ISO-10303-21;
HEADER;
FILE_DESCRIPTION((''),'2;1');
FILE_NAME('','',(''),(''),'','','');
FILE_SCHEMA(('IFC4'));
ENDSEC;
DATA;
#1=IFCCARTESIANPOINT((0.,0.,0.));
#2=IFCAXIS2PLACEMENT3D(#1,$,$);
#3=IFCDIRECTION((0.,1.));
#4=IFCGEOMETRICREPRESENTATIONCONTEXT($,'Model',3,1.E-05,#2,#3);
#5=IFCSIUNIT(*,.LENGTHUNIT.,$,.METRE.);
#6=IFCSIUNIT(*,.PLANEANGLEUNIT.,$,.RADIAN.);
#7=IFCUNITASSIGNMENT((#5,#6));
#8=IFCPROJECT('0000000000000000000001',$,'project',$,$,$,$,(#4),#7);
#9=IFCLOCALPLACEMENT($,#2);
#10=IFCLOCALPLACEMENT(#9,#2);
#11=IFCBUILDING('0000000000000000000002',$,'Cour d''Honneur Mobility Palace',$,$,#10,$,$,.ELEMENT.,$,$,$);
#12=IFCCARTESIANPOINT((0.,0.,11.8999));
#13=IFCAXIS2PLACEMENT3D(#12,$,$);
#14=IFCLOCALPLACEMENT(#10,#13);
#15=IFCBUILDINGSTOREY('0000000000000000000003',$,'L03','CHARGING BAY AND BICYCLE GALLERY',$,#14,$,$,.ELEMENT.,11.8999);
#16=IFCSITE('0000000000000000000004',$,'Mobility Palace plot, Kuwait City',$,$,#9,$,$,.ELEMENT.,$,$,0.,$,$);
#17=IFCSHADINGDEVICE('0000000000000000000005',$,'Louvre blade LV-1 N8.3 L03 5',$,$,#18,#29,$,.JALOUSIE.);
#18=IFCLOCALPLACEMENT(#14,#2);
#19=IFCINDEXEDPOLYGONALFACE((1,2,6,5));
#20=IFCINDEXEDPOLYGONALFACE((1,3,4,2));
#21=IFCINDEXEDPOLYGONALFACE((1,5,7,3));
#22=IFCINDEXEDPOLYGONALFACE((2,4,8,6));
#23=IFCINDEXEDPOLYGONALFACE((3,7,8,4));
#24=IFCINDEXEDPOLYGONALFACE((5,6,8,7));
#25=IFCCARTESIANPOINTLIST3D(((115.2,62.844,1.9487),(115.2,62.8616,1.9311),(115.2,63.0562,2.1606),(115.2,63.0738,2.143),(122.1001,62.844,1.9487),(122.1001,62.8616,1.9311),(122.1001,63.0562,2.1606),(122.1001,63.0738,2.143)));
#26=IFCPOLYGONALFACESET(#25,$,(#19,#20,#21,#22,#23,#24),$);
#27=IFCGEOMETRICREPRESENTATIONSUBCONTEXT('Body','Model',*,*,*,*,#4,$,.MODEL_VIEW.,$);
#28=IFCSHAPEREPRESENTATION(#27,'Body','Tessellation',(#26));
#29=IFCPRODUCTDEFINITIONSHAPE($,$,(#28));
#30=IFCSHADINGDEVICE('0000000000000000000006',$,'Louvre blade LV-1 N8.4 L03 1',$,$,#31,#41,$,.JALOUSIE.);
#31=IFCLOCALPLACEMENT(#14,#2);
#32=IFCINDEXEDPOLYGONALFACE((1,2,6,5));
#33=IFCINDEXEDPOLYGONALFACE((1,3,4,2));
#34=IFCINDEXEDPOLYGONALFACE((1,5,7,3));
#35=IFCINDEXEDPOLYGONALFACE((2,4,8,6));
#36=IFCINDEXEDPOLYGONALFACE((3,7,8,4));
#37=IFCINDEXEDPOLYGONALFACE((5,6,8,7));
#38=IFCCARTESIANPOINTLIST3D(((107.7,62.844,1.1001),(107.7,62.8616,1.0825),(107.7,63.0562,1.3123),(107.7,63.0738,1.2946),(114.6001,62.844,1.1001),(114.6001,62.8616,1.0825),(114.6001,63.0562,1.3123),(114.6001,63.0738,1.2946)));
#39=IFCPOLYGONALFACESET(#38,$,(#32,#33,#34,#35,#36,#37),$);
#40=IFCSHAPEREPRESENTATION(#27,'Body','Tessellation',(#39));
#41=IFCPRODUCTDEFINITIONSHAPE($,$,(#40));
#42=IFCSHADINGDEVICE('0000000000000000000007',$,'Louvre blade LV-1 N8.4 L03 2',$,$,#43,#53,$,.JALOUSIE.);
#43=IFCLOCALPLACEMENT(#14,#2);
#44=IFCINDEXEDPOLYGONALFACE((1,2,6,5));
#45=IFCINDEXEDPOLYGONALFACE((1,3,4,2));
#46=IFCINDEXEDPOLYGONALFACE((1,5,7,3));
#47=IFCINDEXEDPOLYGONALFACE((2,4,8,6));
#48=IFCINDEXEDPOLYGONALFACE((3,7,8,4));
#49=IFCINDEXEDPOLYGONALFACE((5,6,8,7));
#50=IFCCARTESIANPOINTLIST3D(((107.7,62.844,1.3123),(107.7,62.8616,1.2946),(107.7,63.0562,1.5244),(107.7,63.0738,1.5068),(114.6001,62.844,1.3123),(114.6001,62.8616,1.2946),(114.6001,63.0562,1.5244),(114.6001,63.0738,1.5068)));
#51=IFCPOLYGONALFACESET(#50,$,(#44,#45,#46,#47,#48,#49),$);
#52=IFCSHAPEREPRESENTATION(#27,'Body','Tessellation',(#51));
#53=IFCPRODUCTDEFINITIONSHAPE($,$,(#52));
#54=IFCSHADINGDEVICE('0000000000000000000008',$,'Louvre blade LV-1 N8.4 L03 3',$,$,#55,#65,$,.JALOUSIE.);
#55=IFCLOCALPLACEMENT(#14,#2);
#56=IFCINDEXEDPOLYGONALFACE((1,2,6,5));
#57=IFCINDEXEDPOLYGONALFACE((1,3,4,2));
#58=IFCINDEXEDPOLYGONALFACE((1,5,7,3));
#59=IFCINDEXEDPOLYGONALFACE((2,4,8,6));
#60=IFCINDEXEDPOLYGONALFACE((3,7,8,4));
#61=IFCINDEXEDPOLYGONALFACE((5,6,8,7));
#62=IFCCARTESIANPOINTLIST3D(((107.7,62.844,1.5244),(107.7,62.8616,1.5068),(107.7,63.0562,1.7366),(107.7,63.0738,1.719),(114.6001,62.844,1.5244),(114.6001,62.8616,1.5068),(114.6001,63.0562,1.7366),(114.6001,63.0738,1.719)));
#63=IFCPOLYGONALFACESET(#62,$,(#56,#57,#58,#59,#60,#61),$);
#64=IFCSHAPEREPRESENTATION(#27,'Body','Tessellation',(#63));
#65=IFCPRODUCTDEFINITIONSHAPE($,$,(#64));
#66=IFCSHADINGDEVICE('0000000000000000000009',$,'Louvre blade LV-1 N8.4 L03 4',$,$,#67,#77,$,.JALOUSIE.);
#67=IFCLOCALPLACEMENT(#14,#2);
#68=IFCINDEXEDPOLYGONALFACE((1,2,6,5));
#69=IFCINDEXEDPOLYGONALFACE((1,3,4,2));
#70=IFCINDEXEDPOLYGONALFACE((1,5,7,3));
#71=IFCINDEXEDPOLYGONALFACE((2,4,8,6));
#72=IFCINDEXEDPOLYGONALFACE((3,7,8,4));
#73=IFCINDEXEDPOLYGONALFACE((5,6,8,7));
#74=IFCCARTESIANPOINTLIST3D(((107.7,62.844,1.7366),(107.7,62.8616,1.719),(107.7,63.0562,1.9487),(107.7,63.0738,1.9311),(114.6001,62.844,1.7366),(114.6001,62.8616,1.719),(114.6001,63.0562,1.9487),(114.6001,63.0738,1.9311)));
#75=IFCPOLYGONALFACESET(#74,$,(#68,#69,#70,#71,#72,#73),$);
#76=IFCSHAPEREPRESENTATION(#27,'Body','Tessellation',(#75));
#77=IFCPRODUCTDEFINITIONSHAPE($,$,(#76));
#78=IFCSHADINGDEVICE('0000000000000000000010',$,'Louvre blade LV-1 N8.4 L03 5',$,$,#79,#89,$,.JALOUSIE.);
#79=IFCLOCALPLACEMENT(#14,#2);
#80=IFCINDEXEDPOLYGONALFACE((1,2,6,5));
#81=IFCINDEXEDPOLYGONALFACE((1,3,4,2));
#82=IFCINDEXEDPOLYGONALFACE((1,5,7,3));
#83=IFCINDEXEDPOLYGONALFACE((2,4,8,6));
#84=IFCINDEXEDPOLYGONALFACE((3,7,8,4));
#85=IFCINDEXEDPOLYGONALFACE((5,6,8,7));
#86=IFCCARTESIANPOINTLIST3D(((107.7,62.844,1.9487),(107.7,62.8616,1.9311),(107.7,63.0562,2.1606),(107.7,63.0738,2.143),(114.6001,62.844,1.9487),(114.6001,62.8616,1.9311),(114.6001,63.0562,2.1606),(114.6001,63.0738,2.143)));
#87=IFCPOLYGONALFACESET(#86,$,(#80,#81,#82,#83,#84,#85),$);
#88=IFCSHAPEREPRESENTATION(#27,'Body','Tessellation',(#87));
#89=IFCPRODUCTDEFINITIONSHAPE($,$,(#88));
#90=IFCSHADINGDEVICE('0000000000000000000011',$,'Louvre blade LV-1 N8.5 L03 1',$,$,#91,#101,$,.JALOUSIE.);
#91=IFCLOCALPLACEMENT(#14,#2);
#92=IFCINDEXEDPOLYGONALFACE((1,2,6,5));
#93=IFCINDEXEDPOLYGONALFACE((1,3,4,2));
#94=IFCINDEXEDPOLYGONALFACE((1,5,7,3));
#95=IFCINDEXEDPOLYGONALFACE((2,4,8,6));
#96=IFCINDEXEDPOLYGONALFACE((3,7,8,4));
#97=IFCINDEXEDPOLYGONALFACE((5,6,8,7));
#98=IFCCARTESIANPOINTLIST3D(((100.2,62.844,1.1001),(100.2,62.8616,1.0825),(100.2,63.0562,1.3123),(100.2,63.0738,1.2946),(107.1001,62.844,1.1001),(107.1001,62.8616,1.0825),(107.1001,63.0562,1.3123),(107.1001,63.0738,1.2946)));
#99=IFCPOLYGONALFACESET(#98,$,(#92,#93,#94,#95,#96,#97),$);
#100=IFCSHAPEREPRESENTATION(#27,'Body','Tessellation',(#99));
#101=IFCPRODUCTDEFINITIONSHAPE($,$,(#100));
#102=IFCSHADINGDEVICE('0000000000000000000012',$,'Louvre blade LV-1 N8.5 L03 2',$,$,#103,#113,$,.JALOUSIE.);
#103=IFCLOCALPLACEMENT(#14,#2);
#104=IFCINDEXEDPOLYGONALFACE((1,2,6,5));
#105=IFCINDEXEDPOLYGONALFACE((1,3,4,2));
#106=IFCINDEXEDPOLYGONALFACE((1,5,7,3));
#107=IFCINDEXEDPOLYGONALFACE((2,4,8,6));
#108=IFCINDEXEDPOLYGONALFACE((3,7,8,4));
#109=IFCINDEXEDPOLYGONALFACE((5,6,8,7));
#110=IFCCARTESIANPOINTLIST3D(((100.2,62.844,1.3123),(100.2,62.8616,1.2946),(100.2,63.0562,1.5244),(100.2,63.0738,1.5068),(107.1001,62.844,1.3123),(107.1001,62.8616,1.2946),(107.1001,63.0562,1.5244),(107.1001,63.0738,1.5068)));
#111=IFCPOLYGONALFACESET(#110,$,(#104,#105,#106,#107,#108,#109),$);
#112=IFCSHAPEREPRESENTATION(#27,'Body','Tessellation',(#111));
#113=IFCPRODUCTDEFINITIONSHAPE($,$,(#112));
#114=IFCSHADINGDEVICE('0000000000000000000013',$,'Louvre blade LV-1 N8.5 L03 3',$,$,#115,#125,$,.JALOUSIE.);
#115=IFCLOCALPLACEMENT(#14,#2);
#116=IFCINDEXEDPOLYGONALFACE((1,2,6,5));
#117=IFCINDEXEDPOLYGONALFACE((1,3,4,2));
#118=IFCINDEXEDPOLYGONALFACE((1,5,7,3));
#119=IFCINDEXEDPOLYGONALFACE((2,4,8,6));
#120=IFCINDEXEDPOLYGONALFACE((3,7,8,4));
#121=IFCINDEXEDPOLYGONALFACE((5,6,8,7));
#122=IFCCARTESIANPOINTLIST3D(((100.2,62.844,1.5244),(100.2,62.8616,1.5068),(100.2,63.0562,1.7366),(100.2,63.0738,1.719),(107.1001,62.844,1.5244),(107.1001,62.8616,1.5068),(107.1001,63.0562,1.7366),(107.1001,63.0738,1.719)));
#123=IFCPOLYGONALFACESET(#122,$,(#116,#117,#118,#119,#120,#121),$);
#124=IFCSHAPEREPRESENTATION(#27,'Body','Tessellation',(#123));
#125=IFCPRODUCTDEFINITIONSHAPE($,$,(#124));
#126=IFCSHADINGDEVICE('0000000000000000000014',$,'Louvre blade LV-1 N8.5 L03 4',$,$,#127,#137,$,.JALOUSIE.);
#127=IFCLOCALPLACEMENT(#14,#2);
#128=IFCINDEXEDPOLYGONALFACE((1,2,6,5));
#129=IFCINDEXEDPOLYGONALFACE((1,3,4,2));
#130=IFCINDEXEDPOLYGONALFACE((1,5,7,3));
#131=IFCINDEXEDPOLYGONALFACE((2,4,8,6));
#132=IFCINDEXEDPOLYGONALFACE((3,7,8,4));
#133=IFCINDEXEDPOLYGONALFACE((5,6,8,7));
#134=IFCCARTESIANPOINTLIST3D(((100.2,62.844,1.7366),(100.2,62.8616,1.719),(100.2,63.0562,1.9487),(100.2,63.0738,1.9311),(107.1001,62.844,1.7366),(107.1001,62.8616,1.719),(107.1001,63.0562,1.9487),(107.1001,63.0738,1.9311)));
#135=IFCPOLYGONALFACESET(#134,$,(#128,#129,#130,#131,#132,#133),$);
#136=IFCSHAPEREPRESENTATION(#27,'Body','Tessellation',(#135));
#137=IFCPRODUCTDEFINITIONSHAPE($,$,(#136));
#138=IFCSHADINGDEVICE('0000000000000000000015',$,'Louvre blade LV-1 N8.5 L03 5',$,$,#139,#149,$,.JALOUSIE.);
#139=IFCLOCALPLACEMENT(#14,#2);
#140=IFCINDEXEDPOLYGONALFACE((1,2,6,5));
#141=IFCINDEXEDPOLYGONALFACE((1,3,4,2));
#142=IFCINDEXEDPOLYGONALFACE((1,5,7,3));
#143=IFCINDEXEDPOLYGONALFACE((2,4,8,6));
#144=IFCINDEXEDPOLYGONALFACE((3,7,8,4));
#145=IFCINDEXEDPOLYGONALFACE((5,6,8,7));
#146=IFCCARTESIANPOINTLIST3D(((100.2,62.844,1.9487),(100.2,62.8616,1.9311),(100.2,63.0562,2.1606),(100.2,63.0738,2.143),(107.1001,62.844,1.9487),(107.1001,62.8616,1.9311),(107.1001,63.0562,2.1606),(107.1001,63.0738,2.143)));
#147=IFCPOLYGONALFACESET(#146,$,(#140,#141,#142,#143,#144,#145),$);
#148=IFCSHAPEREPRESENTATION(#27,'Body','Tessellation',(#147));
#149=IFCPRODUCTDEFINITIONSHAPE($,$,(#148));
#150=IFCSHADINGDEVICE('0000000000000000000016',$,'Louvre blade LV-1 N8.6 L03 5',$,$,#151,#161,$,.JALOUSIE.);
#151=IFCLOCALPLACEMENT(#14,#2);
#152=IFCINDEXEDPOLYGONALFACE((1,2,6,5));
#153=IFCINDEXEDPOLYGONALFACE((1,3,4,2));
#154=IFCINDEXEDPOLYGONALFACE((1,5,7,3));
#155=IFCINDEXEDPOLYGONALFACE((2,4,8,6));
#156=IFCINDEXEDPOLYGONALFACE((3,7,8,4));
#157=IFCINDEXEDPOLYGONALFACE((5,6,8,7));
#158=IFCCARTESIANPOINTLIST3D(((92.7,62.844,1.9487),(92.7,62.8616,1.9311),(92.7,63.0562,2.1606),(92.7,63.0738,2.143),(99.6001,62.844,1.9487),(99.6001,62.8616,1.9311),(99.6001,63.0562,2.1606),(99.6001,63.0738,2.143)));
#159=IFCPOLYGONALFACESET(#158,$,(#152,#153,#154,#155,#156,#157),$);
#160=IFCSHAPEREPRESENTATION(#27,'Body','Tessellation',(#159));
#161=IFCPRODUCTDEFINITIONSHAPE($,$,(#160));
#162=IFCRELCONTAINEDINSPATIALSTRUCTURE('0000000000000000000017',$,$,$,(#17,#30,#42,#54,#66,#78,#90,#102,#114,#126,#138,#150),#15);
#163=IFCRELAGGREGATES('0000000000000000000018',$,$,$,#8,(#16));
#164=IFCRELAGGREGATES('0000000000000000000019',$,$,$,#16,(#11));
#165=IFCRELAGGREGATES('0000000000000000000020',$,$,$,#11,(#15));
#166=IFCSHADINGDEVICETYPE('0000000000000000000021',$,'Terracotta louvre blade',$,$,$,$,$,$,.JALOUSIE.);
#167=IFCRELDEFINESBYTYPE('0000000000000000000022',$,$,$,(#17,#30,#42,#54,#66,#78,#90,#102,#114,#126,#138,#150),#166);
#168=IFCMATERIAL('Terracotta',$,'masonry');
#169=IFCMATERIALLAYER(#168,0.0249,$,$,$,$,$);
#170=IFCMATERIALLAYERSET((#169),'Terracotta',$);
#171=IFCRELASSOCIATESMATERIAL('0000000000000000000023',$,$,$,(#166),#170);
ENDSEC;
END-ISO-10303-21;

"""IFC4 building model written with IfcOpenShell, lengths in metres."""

from ifc_helpers import new_model, si_unit, direction, frame, origin, place, context, subcontext, project, spatial, polyline, outline, extrude, material, layer, layer_set, type_object, element, save


model = new_model("IFC4")

# Units and contexts
model_context = context("Model", 3, precision=1e-05, world=origin(), true_north=direction((0.0, 1.0)))
body_context = subcontext(model_context, "Body", "Model", "MODEL_VIEW")
ifc_project = project(units=[si_unit("LENGTHUNIT", "METRE"), si_unit("PLANEANGLEUNIT", "RADIAN")], contexts=[model_context])

# Site, building, storey
site_placement = place(None, origin())
site = spatial("IfcSite", under=ifc_project, at=site_placement, Name="Mobility Palace plot, Kuwait City", CompositionType="ELEMENT", RefElevation=0.0)
building_placement = place(site_placement, origin())
building = spatial("IfcBuilding", under=site, at=building_placement, Name="Cour d'Honneur Mobility Palace", CompositionType="ELEMENT")
storey_placement = place(building_placement, frame((0.0, 0.0, 11.8999)))
storey = spatial("IfcBuildingStorey", under=building, at=storey_placement, Name="L03", Description="CHARGING BAY AND BICYCLE GALLERY", CompositionType="ELEMENT", Elevation=11.8999)

# Shading devices
ifc_material_1 = material(Name="Terracotta", Category="masonry")
ifc_layer_1 = layer(ifc_material_1, 0.0249)
ifc_layer_set_1 = layer_set([ifc_layer_1], Name="Terracotta")
shading_device_type = type_object("IfcShadingDeviceType", Name="Terracotta louvre blade", PredefinedType="JALOUSIE", material=ifc_layer_set_1)
shading_device_1_placement = place(storey_placement, frame((122.1001, 62.844, 1.9487), z_axis=(0.0, -0.7067, 0.707514), x_axis=(-1.0, 0.0, 0.0)))
element("IfcShadingDevice", 1, at=shading_device_1_placement, inside=storey, type_object=shading_device_type, Name="Louvre blade LV-1 N8.3 L03 5", PredefinedType="JALOUSIE", context=body_context, shape_type="SweptSolid", body=[
    extrude(outline(polyline([(0.0, 0.0), (6.9001, 0.0), (6.9001, -0.2999), (0.0, -0.2999), (0.0, 0.0)])), origin(), (0.0, 0.0, -1.0), 0.0249),
])
for number, where, z_axis, x_axis, name in (
    (2, (114.6001, 62.844, 1.1001), (0.0, -0.707107, 0.707107), (-1.0, 0.0, 0.0), "Louvre blade LV-1 N8.4 L03 1"),
    (3, (114.6001, 62.844, 1.3123), (0.0, -0.707107, 0.707107), (-1.0, 0.0, 0.0), "Louvre blade LV-1 N8.4 L03 2"),
    (4, (114.6001, 62.844, 1.5244), (0.0, -0.707107, 0.707107), (-1.0, 0.0, 0.0), "Louvre blade LV-1 N8.4 L03 3"),
    (5, (114.6001, 62.844, 1.7366), (0.0, -0.707107, 0.707107), (-1.0, 0.0, 0.0), "Louvre blade LV-1 N8.4 L03 4"),
):
    element("IfcShadingDevice", number, at=place(storey_placement, frame(where, z_axis=z_axis, x_axis=x_axis)), inside=storey, type_object=shading_device_type, Name=name, PredefinedType="JALOUSIE", context=body_context, shape_type="SweptSolid", body=[
        extrude(outline(polyline([(0.0, 0.0), (6.9001, 0.0), (6.9001, -0.3), (0.0, -0.3), (0.0, 0.0)])), origin(), (0.0, 0.0, -1.0), 0.0249),
    ])
shading_device_2_placement = place(storey_placement, frame((114.6001, 62.844, 1.9487), z_axis=(0.0, -0.7067, 0.707514), x_axis=(-1.0, 0.0, 0.0)))
element("IfcShadingDevice", 6, at=shading_device_2_placement, inside=storey, type_object=shading_device_type, Name="Louvre blade LV-1 N8.4 L03 5", PredefinedType="JALOUSIE", context=body_context, shape_type="SweptSolid", body=[
    extrude(outline(polyline([(0.0, 0.0), (6.9001, 0.0), (6.9001, -0.2999), (0.0, -0.2999), (0.0, 0.0)])), origin(), (0.0, 0.0, -1.0), 0.0249),
])
for number, where, z_axis, x_axis, name in (
    (7, (107.1001, 62.844, 1.1001), (0.0, -0.707107, 0.707107), (-1.0, 0.0, 0.0), "Louvre blade LV-1 N8.5 L03 1"),
    (8, (107.1001, 62.844, 1.3123), (0.0, -0.707107, 0.707107), (-1.0, 0.0, 0.0), "Louvre blade LV-1 N8.5 L03 2"),
    (9, (107.1001, 62.844, 1.5244), (0.0, -0.707107, 0.707107), (-1.0, 0.0, 0.0), "Louvre blade LV-1 N8.5 L03 3"),
    (10, (107.1001, 62.844, 1.7366), (0.0, -0.707107, 0.707107), (-1.0, 0.0, 0.0), "Louvre blade LV-1 N8.5 L03 4"),
):
    element("IfcShadingDevice", number, at=place(storey_placement, frame(where, z_axis=z_axis, x_axis=x_axis)), inside=storey, type_object=shading_device_type, Name=name, PredefinedType="JALOUSIE", context=body_context, shape_type="SweptSolid", body=[
        extrude(outline(polyline([(0.0, 0.0), (6.9001, 0.0), (6.9001, -0.3), (0.0, -0.3), (0.0, 0.0)])), origin(), (0.0, 0.0, -1.0), 0.0249),
    ])
for number, where, z_axis, x_axis, name in (
    (11, (107.1001, 62.844, 1.9487), (0.0, -0.7067, 0.707514), (-1.0, 0.0, 0.0), "Louvre blade LV-1 N8.5 L03 5"),
    (12, (99.6001, 62.844, 1.9487), (0.0, -0.7067, 0.707514), (-1.0, 0.0, 0.0), "Louvre blade LV-1 N8.6 L03 5"),
):
    element("IfcShadingDevice", number, at=place(storey_placement, frame(where, z_axis=z_axis, x_axis=x_axis)), inside=storey, type_object=shading_device_type, Name=name, PredefinedType="JALOUSIE", context=body_context, shape_type="SweptSolid", body=[
        extrude(outline(polyline([(0.0, 0.0), (6.9001, 0.0), (6.9001, -0.2999), (0.0, -0.2999), (0.0, 0.0)])), origin(), (0.0, 0.0, -1.0), 0.0249),
    ])

save(model, "model.ifc")
